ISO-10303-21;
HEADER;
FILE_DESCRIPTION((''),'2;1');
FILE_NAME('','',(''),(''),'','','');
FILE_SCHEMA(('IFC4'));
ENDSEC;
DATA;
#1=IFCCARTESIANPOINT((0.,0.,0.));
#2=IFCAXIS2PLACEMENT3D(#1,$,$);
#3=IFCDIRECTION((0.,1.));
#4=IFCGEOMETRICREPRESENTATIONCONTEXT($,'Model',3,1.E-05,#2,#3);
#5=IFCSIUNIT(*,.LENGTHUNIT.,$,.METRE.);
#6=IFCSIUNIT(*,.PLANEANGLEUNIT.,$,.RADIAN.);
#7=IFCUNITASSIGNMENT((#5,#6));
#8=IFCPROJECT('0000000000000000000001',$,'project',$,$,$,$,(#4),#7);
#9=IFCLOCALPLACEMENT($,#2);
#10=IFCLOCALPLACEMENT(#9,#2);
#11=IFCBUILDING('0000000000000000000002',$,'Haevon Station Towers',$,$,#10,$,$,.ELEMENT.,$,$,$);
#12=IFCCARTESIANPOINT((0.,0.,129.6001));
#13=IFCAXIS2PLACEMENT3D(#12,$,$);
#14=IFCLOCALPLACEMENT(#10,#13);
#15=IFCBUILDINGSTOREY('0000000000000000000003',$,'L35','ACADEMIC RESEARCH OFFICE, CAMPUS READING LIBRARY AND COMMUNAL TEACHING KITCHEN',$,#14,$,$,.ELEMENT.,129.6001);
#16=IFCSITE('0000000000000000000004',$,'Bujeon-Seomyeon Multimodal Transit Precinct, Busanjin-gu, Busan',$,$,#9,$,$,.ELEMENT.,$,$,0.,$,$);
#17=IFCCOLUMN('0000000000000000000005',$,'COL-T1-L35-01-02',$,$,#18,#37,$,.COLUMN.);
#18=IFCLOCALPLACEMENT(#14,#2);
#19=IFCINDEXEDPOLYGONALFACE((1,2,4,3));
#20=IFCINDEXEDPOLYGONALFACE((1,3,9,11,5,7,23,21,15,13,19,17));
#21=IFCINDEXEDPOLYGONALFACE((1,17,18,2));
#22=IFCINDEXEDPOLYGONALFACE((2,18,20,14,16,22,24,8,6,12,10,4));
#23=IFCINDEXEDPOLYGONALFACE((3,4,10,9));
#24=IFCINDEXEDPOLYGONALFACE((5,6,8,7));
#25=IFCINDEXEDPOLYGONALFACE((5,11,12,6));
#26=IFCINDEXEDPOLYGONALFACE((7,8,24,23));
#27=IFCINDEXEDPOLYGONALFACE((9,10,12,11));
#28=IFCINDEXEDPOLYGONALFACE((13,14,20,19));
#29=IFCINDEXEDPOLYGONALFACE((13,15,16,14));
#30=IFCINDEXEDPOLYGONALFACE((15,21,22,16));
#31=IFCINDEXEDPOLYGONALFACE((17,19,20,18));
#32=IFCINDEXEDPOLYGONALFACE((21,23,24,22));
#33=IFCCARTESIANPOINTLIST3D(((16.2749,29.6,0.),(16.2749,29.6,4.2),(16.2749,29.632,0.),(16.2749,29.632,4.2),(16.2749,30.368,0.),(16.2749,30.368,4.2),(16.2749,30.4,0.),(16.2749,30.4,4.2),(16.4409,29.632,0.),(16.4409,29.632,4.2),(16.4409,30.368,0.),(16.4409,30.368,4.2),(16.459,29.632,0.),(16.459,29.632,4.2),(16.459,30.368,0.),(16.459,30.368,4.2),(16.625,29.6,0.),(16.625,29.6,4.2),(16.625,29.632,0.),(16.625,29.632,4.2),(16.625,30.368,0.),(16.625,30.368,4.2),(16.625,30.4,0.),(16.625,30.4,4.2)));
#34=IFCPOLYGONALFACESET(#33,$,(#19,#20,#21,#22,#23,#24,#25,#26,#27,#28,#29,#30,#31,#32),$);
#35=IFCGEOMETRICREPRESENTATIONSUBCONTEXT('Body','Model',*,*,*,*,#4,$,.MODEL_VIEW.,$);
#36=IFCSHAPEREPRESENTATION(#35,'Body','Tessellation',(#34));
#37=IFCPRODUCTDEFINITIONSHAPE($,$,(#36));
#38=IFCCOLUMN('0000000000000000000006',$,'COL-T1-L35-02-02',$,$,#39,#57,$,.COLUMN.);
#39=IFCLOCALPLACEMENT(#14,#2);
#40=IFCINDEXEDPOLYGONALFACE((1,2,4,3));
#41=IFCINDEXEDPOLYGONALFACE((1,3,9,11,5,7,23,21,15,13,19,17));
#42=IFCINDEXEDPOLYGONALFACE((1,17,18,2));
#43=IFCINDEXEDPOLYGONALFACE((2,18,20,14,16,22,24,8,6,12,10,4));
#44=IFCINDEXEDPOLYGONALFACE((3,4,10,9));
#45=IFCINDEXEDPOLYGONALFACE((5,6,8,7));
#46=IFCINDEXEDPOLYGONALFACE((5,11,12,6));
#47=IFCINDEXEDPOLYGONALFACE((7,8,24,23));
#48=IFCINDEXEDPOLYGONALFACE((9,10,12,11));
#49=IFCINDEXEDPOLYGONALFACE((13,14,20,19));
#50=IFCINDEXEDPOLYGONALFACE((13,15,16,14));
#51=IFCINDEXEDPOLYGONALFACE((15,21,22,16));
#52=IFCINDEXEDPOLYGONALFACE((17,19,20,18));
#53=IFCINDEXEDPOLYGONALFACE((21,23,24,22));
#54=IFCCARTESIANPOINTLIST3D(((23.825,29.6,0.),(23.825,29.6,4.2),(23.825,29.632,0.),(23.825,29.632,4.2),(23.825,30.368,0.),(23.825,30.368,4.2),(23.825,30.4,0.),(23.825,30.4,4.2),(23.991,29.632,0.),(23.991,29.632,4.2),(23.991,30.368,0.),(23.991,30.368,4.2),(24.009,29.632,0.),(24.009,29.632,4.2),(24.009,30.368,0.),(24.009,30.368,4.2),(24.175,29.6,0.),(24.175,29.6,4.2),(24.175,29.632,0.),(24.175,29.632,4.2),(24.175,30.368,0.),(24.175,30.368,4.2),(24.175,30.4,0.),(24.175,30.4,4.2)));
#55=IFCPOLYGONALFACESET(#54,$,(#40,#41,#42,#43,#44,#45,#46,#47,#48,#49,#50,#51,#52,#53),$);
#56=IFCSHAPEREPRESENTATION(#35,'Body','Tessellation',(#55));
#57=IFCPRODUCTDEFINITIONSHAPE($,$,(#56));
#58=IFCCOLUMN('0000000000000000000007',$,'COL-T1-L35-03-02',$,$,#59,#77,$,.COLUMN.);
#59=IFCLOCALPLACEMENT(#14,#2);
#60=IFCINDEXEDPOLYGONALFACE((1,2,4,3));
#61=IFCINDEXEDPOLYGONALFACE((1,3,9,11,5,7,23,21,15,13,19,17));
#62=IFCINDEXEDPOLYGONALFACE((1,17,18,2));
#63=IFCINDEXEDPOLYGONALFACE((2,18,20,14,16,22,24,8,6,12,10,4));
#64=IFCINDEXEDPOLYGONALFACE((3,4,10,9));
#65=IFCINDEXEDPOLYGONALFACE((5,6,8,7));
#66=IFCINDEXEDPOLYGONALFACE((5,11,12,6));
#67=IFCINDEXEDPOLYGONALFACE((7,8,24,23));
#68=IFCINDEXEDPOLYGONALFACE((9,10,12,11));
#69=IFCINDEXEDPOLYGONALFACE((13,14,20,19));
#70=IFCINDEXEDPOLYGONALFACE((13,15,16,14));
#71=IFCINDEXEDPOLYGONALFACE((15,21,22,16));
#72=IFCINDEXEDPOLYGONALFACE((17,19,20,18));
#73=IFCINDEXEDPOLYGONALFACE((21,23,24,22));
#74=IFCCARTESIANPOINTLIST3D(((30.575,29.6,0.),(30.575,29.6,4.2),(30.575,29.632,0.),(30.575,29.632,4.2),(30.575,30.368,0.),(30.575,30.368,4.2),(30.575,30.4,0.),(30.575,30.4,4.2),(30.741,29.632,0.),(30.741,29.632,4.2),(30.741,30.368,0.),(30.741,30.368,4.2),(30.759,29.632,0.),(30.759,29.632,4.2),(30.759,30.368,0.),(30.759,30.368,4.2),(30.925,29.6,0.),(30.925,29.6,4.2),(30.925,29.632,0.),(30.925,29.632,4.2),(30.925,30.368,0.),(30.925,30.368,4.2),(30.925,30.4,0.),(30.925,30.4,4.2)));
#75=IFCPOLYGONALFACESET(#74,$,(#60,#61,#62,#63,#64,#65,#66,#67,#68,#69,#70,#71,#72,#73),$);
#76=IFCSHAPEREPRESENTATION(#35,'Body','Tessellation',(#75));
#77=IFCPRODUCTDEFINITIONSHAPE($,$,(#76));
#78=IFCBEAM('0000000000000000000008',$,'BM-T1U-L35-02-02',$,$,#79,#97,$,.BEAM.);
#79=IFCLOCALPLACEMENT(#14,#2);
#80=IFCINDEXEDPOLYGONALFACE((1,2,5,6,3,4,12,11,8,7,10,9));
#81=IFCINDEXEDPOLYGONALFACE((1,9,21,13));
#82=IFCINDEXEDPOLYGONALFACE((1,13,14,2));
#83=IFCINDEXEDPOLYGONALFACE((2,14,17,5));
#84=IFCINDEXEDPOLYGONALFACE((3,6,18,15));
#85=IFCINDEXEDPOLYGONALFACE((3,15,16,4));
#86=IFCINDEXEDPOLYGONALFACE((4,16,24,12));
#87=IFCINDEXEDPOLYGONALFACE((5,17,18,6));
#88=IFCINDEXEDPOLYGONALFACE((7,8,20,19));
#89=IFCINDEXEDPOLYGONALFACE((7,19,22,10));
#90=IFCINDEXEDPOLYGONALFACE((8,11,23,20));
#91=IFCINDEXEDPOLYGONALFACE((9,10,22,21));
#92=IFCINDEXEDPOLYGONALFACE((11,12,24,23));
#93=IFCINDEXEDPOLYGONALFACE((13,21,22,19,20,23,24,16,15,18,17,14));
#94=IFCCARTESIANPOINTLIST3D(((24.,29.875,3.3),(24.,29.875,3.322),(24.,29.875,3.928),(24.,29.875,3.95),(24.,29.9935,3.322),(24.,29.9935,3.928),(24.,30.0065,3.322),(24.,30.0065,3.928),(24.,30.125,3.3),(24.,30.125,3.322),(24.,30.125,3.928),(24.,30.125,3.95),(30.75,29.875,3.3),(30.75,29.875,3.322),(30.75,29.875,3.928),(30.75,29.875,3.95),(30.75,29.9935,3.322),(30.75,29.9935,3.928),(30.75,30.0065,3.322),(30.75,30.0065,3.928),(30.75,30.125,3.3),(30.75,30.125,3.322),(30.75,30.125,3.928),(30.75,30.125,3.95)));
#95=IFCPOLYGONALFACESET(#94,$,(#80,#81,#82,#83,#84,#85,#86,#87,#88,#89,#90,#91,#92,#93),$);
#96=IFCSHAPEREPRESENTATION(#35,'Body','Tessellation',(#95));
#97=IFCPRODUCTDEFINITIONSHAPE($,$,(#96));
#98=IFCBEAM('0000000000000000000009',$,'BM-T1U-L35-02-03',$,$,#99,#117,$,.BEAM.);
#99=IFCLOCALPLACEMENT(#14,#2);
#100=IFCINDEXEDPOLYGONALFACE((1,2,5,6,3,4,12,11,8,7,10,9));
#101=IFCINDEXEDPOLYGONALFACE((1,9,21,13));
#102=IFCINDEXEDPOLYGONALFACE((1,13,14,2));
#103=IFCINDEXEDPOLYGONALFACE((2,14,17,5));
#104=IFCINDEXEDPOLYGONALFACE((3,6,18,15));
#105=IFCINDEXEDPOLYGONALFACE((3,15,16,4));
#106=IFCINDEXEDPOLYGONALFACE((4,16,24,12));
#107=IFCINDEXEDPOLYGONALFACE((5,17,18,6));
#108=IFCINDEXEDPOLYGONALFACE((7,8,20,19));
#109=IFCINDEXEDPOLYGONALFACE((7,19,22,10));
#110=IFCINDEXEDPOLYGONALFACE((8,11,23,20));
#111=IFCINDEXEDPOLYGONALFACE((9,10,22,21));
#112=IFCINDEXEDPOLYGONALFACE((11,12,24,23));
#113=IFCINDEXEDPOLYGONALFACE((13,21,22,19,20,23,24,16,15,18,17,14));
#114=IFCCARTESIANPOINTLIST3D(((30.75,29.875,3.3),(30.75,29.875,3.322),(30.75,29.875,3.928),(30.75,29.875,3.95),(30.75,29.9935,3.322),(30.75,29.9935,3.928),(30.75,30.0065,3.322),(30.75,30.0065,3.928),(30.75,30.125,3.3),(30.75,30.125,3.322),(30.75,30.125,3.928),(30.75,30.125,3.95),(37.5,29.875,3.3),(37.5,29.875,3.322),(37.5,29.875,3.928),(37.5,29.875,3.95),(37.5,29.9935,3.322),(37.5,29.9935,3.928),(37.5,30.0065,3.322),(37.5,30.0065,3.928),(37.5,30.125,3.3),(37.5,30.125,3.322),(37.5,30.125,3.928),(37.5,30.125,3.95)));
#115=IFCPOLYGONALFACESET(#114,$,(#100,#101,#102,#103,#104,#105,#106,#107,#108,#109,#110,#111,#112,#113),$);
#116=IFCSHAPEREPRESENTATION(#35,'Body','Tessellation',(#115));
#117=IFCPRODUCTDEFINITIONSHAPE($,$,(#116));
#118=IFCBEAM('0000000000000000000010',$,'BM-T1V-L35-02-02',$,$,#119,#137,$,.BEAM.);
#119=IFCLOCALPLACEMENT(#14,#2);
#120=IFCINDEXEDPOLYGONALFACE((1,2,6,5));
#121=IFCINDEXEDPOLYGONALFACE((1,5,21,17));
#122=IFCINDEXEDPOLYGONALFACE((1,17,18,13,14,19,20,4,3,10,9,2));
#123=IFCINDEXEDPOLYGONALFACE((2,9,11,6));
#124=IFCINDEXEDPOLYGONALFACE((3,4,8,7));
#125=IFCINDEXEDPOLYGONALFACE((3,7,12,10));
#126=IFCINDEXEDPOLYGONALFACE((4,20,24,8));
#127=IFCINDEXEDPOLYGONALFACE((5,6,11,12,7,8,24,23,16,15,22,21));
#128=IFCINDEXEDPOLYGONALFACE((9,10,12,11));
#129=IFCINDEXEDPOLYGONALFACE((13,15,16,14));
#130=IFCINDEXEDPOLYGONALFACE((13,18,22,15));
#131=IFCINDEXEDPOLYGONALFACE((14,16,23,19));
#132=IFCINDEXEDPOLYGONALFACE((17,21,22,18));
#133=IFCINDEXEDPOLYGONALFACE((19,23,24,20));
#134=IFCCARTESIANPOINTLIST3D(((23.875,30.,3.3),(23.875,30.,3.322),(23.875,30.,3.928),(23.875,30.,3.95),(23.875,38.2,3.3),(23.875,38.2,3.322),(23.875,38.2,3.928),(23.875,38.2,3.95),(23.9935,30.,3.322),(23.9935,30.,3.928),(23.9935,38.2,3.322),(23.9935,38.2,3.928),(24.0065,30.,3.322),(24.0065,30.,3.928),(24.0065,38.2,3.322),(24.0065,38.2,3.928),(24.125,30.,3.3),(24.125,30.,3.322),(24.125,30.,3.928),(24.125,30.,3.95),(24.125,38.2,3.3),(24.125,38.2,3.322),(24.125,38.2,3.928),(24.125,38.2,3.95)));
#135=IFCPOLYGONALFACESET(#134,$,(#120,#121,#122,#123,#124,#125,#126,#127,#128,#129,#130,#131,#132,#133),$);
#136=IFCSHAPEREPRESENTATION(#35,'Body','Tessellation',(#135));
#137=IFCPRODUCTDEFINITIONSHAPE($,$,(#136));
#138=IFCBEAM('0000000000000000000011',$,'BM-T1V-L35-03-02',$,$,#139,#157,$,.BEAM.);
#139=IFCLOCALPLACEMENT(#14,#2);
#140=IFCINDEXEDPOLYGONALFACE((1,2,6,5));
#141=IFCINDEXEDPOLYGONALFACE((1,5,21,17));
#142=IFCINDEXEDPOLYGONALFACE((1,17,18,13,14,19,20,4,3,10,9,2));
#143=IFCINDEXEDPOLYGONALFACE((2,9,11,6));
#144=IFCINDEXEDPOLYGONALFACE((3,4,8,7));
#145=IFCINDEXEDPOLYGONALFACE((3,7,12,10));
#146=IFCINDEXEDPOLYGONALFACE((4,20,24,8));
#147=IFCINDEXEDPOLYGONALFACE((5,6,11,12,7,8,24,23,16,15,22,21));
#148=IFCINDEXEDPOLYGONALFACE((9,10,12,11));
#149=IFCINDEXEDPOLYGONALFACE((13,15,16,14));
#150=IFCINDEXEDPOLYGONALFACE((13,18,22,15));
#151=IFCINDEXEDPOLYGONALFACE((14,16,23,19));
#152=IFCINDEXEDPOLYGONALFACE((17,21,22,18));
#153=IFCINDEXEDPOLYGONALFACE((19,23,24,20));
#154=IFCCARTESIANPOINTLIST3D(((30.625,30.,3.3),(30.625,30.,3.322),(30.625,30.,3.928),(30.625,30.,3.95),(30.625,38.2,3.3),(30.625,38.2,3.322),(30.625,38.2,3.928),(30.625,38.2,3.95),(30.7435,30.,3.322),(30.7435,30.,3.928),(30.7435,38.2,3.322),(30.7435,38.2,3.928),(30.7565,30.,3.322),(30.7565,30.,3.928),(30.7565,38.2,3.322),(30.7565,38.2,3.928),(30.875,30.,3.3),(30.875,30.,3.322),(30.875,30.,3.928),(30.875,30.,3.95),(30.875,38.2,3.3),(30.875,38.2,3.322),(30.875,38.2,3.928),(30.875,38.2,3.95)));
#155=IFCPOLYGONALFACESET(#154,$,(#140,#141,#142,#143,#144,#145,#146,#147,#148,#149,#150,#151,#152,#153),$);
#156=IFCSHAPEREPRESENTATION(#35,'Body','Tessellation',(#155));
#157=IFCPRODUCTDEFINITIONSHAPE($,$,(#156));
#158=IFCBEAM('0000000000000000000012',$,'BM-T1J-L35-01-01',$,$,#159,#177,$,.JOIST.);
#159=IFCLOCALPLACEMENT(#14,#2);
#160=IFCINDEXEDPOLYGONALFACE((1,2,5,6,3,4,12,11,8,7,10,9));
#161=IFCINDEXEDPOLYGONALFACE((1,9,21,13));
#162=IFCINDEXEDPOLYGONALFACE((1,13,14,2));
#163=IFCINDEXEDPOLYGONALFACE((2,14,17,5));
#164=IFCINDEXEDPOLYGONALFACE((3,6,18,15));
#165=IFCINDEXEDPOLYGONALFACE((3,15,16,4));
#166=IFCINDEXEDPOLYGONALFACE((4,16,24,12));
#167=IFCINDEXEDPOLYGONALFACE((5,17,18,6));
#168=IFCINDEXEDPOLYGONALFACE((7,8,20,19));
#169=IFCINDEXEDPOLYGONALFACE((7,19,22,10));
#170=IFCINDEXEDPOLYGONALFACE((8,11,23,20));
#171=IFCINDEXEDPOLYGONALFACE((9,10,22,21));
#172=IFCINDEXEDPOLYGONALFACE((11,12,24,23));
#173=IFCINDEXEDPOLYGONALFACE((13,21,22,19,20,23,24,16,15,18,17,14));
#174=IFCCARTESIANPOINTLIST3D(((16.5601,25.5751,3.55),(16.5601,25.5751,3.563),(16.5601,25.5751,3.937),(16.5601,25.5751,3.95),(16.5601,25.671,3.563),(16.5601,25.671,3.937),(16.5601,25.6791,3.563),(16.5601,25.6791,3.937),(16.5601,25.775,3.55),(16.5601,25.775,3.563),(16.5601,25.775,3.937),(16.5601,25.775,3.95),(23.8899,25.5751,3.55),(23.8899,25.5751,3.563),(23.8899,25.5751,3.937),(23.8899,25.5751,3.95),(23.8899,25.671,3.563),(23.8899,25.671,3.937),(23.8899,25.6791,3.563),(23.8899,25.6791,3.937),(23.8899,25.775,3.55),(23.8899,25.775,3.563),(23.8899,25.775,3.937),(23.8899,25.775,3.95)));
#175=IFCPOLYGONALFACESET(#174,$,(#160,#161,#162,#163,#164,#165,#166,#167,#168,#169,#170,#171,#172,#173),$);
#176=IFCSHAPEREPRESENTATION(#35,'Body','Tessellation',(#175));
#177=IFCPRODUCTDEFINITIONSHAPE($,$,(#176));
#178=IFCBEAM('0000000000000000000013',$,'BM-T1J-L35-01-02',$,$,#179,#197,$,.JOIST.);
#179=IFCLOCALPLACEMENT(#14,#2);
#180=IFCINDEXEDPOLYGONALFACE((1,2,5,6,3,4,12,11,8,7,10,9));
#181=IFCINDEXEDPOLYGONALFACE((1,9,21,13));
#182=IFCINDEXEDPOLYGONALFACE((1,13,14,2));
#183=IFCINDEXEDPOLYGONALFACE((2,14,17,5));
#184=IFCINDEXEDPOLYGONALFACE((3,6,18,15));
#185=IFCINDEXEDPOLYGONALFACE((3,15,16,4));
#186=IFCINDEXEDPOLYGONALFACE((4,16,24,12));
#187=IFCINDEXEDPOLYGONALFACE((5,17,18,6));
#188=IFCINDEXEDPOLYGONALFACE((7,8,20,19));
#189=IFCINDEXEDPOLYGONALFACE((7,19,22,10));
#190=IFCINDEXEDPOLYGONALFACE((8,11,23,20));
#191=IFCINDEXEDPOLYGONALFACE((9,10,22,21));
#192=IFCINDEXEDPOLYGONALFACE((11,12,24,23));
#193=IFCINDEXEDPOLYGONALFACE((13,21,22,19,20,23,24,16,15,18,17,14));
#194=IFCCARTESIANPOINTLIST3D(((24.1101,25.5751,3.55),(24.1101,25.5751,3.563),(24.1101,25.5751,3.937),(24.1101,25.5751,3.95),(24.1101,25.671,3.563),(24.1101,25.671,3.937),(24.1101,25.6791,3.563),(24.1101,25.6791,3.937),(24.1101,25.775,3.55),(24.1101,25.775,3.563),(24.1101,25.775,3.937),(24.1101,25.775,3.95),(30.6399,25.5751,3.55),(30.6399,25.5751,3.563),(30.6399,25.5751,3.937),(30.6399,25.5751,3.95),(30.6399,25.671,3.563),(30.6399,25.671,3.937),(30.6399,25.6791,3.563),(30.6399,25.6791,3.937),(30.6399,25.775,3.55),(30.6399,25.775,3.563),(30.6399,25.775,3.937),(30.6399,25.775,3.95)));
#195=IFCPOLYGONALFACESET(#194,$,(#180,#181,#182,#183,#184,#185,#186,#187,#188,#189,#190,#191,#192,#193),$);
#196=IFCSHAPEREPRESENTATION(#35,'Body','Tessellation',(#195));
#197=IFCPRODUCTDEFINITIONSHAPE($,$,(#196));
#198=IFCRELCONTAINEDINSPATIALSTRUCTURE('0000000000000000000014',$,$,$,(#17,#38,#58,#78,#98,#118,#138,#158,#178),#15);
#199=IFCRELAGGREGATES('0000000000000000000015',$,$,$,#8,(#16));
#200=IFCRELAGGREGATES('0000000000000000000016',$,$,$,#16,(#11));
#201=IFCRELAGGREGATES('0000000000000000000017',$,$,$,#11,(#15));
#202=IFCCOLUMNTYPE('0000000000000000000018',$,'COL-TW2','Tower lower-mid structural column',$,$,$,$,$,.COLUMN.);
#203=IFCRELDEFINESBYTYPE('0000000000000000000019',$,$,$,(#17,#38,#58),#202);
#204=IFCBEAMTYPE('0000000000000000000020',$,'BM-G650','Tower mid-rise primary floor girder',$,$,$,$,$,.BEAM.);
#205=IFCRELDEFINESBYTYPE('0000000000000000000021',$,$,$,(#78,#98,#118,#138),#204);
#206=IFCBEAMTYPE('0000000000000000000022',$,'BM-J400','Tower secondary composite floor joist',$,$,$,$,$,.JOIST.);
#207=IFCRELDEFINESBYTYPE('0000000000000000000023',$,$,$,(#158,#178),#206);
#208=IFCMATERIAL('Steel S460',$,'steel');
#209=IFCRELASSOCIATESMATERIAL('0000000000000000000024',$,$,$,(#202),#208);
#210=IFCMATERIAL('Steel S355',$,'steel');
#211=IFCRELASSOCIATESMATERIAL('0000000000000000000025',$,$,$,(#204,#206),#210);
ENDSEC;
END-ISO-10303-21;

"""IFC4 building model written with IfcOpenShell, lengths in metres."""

from ifc_helpers import new_model, si_unit, direction, frame, origin, origin_2d, place, context, subcontext, project, spatial, i_section, extrude, material, material_profile, profile_set, type_object, element, save


model = new_model("IFC4")

# Units and contexts
model_context = context("Model", 3, precision=1e-05, world=origin(), true_north=direction((0.0, 1.0)))
body_context = subcontext(model_context, "Body", "Model", "MODEL_VIEW")
ifc_project = project(units=[si_unit("LENGTHUNIT", "METRE"), si_unit("PLANEANGLEUNIT", "RADIAN")], contexts=[model_context])

# Site, building, storey
site_placement = place(None, origin())
site = spatial("IfcSite", under=ifc_project, at=site_placement, Name="Bujeon-Seomyeon Multimodal Transit Precinct, Busanjin-gu, Busan", CompositionType="ELEMENT", RefElevation=0.0)
building_placement = place(site_placement, origin())
building = spatial("IfcBuilding", under=site, at=building_placement, Name="Haevon Station Towers", CompositionType="ELEMENT")
storey_placement = place(building_placement, frame((0.0, 0.0, 129.6001)))
storey = spatial("IfcBuildingStorey", under=building, at=storey_placement, Name="L35", Description="ACADEMIC RESEARCH OFFICE, CAMPUS READING LIBRARY AND COMMUNAL TEACHING KITCHEN", CompositionType="ELEMENT", Elevation=129.6001)

# Columns
ifc_material_1 = material(Name="Steel S460", Category="steel")
ifc_material_profile_1 = material_profile(ifc_material_1, i_section(OverallWidth=0.3501, OverallDepth=0.8, WebThickness=0.0181, FlangeThickness=0.032, at=origin_2d()), Name="H-800x350x18x32")
ifc_profile_set_1 = profile_set([ifc_material_profile_1], Name="Steel S460")
column_type = type_object("IfcColumnType", Name="COL-TW2", Description="Tower lower-mid structural column", PredefinedType="COLUMN", material=ifc_profile_set_1)
for number, where, z_axis, x_axis, name in (
    (1, (16.45, 30.0, 0.0), (0.0, 0.0, 1.0), (1.0, 0.0, 0.0), "COL-T1-L35-01-02"),
    (2, (24.0, 30.0, 0.0), (0.0, 0.0, 1.0), (1.0, 0.0, 0.0), "COL-T1-L35-02-02"),
    (3, (30.75, 30.0, 0.0), (0.0, 0.0, 1.0), (1.0, 0.0, 0.0), "COL-T1-L35-03-02"),
):
    element("IfcColumn", number, at=place(storey_placement, frame(where, z_axis=z_axis, x_axis=x_axis)), inside=storey, type_object=column_type, Name=name, PredefinedType="COLUMN", context=body_context, shape_type="SweptSolid", body=[
        extrude(i_section(OverallWidth=0.3501, OverallDepth=0.8, WebThickness=0.0181, FlangeThickness=0.032, at=origin_2d()), origin(), (0.0, 0.0, 1.0), 4.2),
    ])

# Beams
ifc_material_2 = material(Name="Steel S355", Category="steel")
ifc_material_profile_2 = material_profile(ifc_material_2, i_section(OverallWidth=0.25, OverallDepth=0.6499, WebThickness=0.0129, FlangeThickness=0.022, at=origin_2d()), Name="H-650x250x13x22")
ifc_profile_set_2 = profile_set([ifc_material_profile_2], Name="Steel S355")
beam_type_1 = type_object("IfcBeamType", Name="BM-G650", Description="Tower mid-rise primary floor girder", PredefinedType="BEAM", material=ifc_profile_set_2)
for number, where, z_axis, x_axis, name in (
    (4, (24.0, 30.0, 3.625), (1.0, 0.0, 0.0), (0.0, 1.0, 0.0), "BM-T1U-L35-02-02"),
    (5, (30.75, 30.0, 3.625), (1.0, 0.0, 0.0), (0.0, 1.0, 0.0), "BM-T1U-L35-02-03"),
):
    element("IfcBeam", number, at=place(storey_placement, frame(where, z_axis=z_axis, x_axis=x_axis)), inside=storey, type_object=beam_type_1, Name=name, PredefinedType="BEAM", context=body_context, shape_type="SweptSolid", body=[
        extrude(i_section(OverallWidth=0.25, OverallDepth=0.6499, WebThickness=0.0129, FlangeThickness=0.022, at=origin_2d()), origin(), (0.0, 0.0, 1.0), 6.75),
    ])
for number, where, z_axis, x_axis, name in (
    (6, (24.0, 30.0, 3.625), (0.0, 1.0, 0.0), (-1.0, 0.0, 0.0), "BM-T1V-L35-02-02"),
    (7, (30.75, 30.0, 3.625), (0.0, 1.0, 0.0), (-1.0, 0.0, 0.0), "BM-T1V-L35-03-02"),
):
    element("IfcBeam", number, at=place(storey_placement, frame(where, z_axis=z_axis, x_axis=x_axis)), inside=storey, type_object=beam_type_1, Name=name, PredefinedType="BEAM", context=body_context, shape_type="SweptSolid", body=[
        extrude(i_section(OverallWidth=0.25, OverallDepth=0.6499, WebThickness=0.0129, FlangeThickness=0.022, at=origin_2d()), origin(), (0.0, 0.0, 1.0), 8.2),
    ])
ifc_material_profile_3 = material_profile(ifc_material_2, i_section(OverallWidth=0.2, OverallDepth=0.3999, WebThickness=0.0081, FlangeThickness=0.0129, at=origin_2d()), Name="H-400x200x8x13")
ifc_profile_set_3 = profile_set([ifc_material_profile_3], Name="Steel S355")
beam_type_2 = type_object("IfcBeamType", Name="BM-J400", Description="Tower secondary composite floor joist", PredefinedType="JOIST", material=ifc_profile_set_3)
beam_1_placement = place(storey_placement, frame((16.5601, 25.675, 3.75), z_axis=(1.0, 0.0, 0.0), x_axis=(0.0, 1.0, 0.0)))
element("IfcBeam", 8, at=beam_1_placement, inside=storey, type_object=beam_type_2, Name="BM-T1J-L35-01-01", PredefinedType="JOIST", context=body_context, shape_type="SweptSolid", body=[
    extrude(i_section(OverallWidth=0.2, OverallDepth=0.3999, WebThickness=0.0081, FlangeThickness=0.0129, at=origin_2d()), origin(), (0.0, 0.0, 1.0), 7.3298),
])
beam_2_placement = place(storey_placement, frame((24.1101, 25.675, 3.75), z_axis=(1.0, 0.0, 0.0), x_axis=(0.0, 1.0, 0.0)))
element("IfcBeam", 9, at=beam_2_placement, inside=storey, type_object=beam_type_2, Name="BM-T1J-L35-01-02", PredefinedType="JOIST", context=body_context, shape_type="SweptSolid", body=[
    extrude(i_section(OverallWidth=0.2, OverallDepth=0.3999, WebThickness=0.0081, FlangeThickness=0.0129, at=origin_2d()), origin(), (0.0, 0.0, 1.0), 6.5298),
])

save(model, "model.ifc")
